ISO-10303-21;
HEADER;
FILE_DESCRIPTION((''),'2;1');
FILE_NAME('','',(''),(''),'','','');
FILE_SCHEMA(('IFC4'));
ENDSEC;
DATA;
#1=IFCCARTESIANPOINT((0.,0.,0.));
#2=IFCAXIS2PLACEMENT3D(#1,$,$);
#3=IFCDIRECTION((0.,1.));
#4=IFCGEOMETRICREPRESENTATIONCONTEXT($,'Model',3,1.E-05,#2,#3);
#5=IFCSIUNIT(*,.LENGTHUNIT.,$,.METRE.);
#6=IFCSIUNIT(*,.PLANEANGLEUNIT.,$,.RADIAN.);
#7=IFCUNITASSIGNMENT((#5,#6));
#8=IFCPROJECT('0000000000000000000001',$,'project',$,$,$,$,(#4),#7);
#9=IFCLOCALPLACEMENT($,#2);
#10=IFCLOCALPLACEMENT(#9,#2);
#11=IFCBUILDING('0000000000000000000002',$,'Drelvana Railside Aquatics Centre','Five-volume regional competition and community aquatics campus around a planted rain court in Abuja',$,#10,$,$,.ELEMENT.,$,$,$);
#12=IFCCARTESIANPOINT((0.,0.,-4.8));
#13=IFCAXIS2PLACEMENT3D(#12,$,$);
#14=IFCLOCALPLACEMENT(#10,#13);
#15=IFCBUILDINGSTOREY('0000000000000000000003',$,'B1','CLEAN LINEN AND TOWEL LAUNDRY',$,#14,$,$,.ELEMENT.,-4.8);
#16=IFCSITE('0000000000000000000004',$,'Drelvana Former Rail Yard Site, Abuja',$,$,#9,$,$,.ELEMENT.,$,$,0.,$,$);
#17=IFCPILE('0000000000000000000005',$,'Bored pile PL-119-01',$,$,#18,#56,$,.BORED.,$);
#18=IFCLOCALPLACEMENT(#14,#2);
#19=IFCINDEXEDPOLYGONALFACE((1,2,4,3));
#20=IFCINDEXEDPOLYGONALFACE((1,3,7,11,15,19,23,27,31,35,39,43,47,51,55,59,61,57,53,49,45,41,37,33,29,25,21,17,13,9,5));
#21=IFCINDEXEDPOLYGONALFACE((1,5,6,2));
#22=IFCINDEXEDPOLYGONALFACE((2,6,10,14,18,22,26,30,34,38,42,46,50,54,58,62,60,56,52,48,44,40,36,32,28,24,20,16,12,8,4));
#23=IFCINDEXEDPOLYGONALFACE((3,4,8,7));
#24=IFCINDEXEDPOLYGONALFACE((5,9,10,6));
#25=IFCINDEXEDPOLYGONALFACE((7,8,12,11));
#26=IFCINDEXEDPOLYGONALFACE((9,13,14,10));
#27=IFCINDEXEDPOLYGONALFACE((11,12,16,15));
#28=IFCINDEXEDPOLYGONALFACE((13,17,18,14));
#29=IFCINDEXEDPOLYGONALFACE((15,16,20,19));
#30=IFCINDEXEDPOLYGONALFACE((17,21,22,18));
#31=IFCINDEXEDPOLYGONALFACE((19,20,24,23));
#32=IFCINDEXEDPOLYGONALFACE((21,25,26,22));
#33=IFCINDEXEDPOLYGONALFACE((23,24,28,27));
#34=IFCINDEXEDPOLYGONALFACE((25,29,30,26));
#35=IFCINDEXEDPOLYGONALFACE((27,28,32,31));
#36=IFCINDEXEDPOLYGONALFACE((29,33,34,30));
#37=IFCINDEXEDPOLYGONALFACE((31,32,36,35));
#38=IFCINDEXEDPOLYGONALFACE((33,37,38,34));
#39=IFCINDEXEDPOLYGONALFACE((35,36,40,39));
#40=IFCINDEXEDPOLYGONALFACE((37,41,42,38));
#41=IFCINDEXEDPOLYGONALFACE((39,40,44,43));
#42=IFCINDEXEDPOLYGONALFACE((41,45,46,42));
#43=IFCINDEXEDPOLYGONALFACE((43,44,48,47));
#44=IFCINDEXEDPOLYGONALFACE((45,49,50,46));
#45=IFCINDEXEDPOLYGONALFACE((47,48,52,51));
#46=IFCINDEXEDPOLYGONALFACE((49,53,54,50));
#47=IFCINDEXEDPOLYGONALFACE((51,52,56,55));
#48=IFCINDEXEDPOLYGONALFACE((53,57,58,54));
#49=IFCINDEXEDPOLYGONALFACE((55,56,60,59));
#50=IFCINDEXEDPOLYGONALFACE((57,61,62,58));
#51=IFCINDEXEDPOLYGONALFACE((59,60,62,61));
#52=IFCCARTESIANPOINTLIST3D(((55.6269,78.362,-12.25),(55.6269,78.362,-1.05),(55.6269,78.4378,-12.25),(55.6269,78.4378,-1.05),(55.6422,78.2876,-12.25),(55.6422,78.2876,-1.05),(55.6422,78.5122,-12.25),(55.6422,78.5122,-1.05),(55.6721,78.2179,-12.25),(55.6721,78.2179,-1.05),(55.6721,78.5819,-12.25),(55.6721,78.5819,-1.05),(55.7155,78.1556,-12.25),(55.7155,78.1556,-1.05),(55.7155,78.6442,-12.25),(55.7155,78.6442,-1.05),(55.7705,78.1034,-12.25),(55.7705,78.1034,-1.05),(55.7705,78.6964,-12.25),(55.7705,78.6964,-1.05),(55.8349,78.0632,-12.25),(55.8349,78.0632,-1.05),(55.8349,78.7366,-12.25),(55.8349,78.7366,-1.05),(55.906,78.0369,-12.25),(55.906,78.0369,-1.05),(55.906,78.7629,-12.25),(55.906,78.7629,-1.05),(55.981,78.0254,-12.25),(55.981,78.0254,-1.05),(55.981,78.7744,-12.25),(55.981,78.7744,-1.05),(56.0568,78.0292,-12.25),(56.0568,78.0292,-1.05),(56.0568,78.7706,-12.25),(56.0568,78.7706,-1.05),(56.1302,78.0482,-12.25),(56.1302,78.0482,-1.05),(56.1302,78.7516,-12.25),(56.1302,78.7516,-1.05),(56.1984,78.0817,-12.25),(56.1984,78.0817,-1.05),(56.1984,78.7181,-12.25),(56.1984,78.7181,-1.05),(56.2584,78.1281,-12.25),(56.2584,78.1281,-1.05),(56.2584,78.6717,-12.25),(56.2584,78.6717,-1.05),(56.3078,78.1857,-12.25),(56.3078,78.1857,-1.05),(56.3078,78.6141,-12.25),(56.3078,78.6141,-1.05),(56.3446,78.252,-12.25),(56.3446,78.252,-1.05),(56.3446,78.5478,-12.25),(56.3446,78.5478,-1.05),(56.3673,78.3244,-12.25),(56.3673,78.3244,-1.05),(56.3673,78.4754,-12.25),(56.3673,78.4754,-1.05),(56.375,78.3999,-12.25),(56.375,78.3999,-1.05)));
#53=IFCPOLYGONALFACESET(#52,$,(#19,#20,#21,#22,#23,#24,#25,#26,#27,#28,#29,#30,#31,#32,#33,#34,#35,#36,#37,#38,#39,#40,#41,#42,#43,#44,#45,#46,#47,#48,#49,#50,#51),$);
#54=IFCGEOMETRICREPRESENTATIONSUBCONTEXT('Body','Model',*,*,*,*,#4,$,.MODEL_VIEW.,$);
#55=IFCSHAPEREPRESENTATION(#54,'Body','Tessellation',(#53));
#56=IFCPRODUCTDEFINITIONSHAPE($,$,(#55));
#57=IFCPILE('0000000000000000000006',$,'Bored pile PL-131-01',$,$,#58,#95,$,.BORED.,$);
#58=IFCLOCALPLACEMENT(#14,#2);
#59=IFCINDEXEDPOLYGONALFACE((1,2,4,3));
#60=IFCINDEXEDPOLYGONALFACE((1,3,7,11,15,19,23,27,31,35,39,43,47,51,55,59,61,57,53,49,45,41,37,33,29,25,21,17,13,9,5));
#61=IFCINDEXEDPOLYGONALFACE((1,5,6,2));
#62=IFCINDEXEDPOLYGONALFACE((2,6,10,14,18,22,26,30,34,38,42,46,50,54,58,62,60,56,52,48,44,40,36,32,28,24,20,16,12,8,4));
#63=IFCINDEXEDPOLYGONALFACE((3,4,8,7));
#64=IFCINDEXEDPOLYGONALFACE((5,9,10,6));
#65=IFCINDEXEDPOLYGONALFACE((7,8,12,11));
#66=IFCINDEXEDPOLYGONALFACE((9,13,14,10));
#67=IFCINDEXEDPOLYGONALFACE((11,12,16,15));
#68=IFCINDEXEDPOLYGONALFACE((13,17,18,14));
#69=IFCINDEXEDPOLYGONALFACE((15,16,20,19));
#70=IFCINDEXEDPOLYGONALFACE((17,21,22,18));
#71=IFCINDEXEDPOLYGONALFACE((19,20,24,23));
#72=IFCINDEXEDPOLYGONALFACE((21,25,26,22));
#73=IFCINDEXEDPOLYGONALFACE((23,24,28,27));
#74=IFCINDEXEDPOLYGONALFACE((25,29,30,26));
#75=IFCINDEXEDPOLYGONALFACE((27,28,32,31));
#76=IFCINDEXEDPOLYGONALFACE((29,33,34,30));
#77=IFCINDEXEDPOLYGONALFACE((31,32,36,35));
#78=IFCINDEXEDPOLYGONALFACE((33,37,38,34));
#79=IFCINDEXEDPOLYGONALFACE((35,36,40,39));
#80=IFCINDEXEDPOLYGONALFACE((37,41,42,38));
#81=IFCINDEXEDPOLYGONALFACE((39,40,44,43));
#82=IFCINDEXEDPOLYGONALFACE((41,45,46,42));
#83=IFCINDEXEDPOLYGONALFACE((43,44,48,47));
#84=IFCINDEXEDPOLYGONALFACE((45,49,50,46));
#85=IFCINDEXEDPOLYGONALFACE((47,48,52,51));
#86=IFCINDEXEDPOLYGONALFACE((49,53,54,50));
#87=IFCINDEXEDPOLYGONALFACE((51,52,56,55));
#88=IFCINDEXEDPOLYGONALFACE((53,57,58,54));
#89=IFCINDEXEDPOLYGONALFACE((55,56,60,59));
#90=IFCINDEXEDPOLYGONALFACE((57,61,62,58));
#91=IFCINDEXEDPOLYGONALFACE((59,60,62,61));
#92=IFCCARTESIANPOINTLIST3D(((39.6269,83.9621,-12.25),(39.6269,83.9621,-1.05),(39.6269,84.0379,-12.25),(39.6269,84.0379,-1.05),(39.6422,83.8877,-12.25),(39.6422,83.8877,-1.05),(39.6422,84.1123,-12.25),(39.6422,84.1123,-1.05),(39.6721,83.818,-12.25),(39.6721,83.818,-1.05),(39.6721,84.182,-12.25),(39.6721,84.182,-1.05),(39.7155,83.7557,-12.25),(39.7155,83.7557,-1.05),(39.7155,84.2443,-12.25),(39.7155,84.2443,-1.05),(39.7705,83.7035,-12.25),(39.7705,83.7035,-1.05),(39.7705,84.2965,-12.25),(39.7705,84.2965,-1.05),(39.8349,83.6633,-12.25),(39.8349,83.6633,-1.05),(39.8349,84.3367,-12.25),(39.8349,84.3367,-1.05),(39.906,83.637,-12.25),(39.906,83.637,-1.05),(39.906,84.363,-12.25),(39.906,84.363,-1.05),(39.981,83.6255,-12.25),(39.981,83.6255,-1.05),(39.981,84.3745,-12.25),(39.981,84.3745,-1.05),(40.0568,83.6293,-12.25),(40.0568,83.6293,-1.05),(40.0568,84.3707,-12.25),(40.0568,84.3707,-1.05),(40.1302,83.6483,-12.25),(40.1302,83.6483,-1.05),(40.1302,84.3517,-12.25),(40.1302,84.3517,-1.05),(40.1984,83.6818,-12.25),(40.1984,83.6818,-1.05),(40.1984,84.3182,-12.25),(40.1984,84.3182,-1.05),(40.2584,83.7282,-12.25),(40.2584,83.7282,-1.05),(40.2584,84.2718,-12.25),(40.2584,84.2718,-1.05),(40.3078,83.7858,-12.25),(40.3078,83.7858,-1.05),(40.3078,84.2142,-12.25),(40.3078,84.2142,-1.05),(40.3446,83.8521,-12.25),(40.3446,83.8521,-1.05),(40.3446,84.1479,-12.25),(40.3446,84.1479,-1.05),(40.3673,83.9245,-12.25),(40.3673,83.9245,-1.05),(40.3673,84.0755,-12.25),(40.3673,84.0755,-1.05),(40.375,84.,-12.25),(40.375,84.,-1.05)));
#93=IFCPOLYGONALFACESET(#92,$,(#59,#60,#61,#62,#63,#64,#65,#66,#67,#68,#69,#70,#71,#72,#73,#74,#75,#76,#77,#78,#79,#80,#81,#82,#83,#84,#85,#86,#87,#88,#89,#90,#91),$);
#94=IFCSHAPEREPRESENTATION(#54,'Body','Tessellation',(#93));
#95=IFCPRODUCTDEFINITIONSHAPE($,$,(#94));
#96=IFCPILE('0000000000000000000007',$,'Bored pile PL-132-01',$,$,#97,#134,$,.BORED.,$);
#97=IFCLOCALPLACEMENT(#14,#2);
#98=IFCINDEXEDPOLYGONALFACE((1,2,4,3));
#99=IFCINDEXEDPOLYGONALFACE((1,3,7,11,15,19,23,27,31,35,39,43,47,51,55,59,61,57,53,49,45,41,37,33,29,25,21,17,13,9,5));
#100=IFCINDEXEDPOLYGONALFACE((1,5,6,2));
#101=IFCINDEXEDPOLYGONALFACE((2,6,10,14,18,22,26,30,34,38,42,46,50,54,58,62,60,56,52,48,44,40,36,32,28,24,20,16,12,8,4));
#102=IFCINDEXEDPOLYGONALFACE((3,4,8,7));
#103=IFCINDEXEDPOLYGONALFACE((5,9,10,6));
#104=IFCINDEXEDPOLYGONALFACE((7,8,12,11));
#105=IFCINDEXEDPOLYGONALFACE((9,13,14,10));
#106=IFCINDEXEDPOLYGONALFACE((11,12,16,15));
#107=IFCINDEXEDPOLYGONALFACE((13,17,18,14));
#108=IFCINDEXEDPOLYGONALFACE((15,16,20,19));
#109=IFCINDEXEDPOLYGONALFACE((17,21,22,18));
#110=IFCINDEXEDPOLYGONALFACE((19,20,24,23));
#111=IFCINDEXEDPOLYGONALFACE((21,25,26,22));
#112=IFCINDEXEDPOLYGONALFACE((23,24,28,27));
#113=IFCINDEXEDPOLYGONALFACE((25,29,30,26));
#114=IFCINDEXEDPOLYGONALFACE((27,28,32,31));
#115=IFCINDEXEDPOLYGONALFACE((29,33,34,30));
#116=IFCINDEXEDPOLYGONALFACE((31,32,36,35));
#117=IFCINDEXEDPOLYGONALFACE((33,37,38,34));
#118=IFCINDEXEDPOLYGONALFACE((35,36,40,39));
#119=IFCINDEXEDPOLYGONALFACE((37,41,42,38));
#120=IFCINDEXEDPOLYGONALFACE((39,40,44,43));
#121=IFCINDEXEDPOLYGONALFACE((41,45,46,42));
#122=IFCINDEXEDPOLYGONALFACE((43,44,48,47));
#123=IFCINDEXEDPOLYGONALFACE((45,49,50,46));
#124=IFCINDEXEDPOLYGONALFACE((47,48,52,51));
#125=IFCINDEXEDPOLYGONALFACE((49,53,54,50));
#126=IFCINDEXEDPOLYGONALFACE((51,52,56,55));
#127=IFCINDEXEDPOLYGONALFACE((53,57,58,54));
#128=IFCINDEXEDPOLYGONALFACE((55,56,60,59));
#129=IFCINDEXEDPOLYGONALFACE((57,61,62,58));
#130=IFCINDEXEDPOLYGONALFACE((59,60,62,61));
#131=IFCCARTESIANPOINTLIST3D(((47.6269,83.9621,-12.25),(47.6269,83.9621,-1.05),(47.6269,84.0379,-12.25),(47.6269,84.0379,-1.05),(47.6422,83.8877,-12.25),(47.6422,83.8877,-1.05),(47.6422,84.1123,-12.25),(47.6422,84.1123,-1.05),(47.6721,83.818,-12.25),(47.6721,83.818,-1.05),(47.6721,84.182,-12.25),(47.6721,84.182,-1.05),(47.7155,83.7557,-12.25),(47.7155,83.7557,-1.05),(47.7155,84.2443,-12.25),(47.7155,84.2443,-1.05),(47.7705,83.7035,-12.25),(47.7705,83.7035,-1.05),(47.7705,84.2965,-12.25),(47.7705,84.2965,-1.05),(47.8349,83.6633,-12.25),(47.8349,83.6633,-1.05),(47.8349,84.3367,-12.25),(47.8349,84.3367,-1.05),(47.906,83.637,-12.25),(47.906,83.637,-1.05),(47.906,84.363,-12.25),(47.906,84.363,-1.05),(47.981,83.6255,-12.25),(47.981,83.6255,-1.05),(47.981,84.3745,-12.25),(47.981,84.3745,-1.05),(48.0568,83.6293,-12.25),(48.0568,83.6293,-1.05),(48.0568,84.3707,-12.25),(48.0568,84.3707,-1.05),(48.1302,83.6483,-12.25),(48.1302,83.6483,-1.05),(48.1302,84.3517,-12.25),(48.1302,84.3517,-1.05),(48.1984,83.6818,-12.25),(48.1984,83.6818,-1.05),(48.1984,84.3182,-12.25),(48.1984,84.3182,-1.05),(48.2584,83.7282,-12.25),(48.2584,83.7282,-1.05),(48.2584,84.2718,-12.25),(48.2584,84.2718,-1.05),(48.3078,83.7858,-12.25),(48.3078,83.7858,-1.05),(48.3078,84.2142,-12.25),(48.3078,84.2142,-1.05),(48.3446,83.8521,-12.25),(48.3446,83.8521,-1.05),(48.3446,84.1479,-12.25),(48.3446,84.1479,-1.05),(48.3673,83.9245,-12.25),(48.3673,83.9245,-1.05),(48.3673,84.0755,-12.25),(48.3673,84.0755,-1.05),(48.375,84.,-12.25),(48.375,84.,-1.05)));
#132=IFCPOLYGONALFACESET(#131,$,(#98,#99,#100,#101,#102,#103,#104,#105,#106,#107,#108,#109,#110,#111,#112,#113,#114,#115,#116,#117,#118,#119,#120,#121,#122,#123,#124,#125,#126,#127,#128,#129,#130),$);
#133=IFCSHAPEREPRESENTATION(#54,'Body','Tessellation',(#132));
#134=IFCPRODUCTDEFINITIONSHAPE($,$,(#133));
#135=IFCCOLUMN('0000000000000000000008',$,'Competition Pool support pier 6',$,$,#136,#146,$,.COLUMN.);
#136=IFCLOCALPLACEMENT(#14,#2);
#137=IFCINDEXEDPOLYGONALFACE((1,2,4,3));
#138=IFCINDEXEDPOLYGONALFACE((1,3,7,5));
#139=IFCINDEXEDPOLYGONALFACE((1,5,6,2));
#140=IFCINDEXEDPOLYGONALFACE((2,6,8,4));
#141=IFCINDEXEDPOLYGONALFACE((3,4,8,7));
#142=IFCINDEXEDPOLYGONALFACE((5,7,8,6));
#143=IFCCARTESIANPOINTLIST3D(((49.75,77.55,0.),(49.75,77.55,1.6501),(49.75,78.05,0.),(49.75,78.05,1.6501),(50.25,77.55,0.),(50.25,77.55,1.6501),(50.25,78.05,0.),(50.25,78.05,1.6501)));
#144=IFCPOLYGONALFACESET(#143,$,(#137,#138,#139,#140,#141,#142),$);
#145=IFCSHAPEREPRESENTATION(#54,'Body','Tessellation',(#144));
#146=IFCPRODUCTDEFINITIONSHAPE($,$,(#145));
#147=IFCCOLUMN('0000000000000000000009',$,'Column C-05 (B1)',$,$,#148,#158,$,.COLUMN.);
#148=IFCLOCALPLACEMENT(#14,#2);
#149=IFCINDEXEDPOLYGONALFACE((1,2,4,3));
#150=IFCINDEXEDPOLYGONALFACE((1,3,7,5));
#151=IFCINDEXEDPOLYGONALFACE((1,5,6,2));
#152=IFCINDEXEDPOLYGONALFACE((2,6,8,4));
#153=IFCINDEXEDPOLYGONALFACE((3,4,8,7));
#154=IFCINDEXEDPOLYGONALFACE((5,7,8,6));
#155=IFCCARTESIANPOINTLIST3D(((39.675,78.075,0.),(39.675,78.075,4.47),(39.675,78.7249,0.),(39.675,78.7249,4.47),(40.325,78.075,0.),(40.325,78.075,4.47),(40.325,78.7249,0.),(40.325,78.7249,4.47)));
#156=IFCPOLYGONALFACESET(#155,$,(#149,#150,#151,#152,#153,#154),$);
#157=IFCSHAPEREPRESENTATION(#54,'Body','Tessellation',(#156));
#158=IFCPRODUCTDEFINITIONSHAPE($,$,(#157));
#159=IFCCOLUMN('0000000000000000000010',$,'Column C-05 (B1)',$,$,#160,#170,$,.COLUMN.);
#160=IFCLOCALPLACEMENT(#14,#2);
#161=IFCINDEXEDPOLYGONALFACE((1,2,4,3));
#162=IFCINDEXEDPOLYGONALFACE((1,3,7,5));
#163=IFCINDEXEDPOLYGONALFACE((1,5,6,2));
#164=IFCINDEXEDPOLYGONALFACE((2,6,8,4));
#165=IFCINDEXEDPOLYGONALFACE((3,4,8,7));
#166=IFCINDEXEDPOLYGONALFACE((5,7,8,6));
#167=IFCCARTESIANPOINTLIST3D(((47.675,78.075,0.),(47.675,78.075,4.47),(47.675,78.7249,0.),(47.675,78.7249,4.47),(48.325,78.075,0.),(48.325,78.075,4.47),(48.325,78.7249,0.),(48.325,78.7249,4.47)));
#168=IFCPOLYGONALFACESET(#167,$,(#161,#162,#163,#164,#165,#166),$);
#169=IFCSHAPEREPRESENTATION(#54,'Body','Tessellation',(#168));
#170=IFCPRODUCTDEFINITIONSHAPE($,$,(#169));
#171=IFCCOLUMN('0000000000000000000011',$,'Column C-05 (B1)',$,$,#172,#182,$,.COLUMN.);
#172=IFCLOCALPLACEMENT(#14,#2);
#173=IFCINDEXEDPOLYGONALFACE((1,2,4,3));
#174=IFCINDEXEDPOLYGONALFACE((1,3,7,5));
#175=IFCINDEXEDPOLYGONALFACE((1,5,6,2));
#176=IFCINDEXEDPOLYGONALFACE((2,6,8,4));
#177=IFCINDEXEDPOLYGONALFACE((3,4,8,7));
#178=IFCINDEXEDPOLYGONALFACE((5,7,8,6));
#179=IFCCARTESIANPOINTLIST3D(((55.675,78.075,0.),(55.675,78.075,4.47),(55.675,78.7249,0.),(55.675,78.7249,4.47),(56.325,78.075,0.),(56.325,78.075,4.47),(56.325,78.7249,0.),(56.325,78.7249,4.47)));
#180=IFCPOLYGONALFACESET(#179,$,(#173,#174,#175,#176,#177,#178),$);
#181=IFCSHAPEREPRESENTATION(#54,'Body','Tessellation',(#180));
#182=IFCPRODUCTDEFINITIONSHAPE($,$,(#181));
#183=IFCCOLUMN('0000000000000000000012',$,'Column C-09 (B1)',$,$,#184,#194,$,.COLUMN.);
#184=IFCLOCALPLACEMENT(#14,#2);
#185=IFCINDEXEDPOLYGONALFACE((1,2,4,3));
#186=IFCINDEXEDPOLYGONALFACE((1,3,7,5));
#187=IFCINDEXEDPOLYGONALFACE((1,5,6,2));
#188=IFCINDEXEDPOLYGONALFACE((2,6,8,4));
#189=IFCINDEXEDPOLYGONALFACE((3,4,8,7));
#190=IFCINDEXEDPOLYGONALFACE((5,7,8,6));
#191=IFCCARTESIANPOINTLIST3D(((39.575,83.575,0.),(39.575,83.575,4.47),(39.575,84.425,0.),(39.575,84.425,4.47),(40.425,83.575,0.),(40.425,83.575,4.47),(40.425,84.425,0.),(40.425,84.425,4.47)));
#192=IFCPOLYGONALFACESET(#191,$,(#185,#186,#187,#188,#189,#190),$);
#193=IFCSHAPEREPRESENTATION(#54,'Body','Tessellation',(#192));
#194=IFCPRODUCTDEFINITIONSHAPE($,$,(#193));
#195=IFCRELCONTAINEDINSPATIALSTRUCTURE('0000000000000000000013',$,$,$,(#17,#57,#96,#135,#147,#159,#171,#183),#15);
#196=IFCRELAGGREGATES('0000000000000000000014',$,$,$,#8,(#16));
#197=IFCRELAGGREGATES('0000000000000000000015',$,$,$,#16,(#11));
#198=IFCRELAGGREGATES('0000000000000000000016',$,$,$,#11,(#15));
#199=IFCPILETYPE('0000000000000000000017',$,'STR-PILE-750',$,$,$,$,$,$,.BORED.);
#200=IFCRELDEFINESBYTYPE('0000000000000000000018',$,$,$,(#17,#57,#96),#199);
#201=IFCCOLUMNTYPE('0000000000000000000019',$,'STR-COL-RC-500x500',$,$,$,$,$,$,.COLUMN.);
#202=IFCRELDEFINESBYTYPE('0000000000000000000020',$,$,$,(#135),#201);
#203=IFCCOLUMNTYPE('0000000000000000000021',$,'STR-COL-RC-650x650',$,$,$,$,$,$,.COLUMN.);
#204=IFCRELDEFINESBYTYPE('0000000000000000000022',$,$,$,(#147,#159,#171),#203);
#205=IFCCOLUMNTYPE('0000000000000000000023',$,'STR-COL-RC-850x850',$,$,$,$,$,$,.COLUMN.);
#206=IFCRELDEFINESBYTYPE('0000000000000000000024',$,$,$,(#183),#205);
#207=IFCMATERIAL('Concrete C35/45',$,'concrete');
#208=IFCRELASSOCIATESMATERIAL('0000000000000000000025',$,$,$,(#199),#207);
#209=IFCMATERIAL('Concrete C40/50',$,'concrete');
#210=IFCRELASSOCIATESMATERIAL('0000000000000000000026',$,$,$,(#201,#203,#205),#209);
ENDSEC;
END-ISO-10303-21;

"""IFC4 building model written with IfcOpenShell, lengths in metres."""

from ifc_helpers import new_model, si_unit, direction, frame, origin, origin_2d, place, context, subcontext, project, spatial, rectangle, circle, extrude, material, material_profile, profile_set, type_object, element, save


model = new_model("IFC4")

# Units and contexts
model_context = context("Model", 3, precision=1e-05, world=origin(), true_north=direction((0.0, 1.0)))
body_context = subcontext(model_context, "Body", "Model", "MODEL_VIEW")
ifc_project = project(units=[si_unit("LENGTHUNIT", "METRE"), si_unit("PLANEANGLEUNIT", "RADIAN")], contexts=[model_context])

# Site, building, storey
site_placement = place(None, origin())
site = spatial("IfcSite", under=ifc_project, at=site_placement, Name="Drelvana Former Rail Yard Site, Abuja", CompositionType="ELEMENT", RefElevation=0.0)
building_placement = place(site_placement, origin())
building = spatial("IfcBuilding", under=site, at=building_placement, Name="Drelvana Railside Aquatics Centre", Description="Five-volume regional competition and community aquatics campus around a planted rain court in Abuja", CompositionType="ELEMENT")
storey_placement = place(building_placement, frame((0.0, 0.0, -4.8)))
storey = spatial("IfcBuildingStorey", under=building, at=storey_placement, Name="B1", Description="CLEAN LINEN AND TOWEL LAUNDRY", CompositionType="ELEMENT", Elevation=-4.8)

# Shared definitions
ifc_material_1 = material(Name="Concrete C35/45", Category="concrete")

# Piles
ifc_material_profile_1 = material_profile(ifc_material_1, circle(Radius=0.375, at=origin_2d()), Name="PILE D750")
ifc_profile_set_1 = profile_set([ifc_material_profile_1], Name="Concrete C35/45")
pile_type = type_object("IfcPileType", Name="STR-PILE-750", PredefinedType="BORED", material=ifc_profile_set_1)
for number, where, z_axis, x_axis, name in (
    (1, (56.0, 78.3999, -1.05), (0.0, 0.0, -1.0), (1.0, 0.0, 0.0), "Bored pile PL-119-01"),
    (2, (40.0, 84.0, -1.05), (0.0, 0.0, -1.0), (1.0, 0.0, 0.0), "Bored pile PL-131-01"),
    (3, (48.0, 84.0, -1.05), (0.0, 0.0, -1.0), (1.0, 0.0, 0.0), "Bored pile PL-132-01"),
):
    element("IfcPile", number, at=place(storey_placement, frame(where, z_axis=z_axis, x_axis=x_axis)), inside=storey, type_object=pile_type, Name=name, PredefinedType="BORED", context=body_context, shape_type="SweptSolid", body=[
        extrude(circle(Radius=0.375, at=origin_2d()), origin(), (0.0, 0.0, 1.0), 11.2),
    ])

# Columns
ifc_material_2 = material(Name="Concrete C40/50", Category="concrete")
ifc_material_profile_2 = material_profile(ifc_material_2, rectangle(XDim=0.5, YDim=0.5, at=origin_2d()), Name="RC 500x500")
ifc_profile_set_2 = profile_set([ifc_material_profile_2], Name="Concrete C40/50")
column_type_1 = type_object("IfcColumnType", Name="STR-COL-RC-500x500", PredefinedType="COLUMN", material=ifc_profile_set_2)
column_1_placement = place(storey_placement, frame((50.0, 77.8, 0.0), z_axis=(0.0, 0.0, 1.0), x_axis=(1.0, 0.0, 0.0)))
element("IfcColumn", 4, at=column_1_placement, inside=storey, type_object=column_type_1, Name="Competition Pool support pier 6", PredefinedType="COLUMN", context=body_context, shape_type="SweptSolid", body=[
    extrude(rectangle(XDim=0.5, YDim=0.5, at=origin_2d()), origin(), (0.0, 0.0, 1.0), 1.6501),
])
ifc_material_profile_3 = material_profile(ifc_material_2, rectangle(XDim=0.6499, YDim=0.6499, at=origin_2d()), Name="RC 650x650")
ifc_profile_set_3 = profile_set([ifc_material_profile_3], Name="Concrete C40/50")
column_type_2 = type_object("IfcColumnType", Name="STR-COL-RC-650x650", PredefinedType="COLUMN", material=ifc_profile_set_3)
for number, where, z_axis, x_axis, name in (
    (5, (40.0, 78.3999, 0.0), (0.0, 0.0, 1.0), (1.0, 0.0, 0.0), "Column C-05 (B1)"),
    (6, (48.0, 78.3999, 0.0), (0.0, 0.0, 1.0), (1.0, 0.0, 0.0), "Column C-05 (B1)"),
    (7, (56.0, 78.3999, 0.0), (0.0, 0.0, 1.0), (1.0, 0.0, 0.0), "Column C-05 (B1)"),
):
    element("IfcColumn", number, at=place(storey_placement, frame(where, z_axis=z_axis, x_axis=x_axis)), inside=storey, type_object=column_type_2, Name=name, PredefinedType="COLUMN", context=body_context, shape_type="SweptSolid", body=[
        extrude(rectangle(XDim=0.6499, YDim=0.6499, at=origin_2d()), origin(), (0.0, 0.0, 1.0), 4.47),
    ])
ifc_material_profile_4 = material_profile(ifc_material_2, rectangle(XDim=0.8501, YDim=0.8501, at=origin_2d()), Name="RC 850x850")
ifc_profile_set_4 = profile_set([ifc_material_profile_4], Name="Concrete C40/50")
column_type_3 = type_object("IfcColumnType", Name="STR-COL-RC-850x850", PredefinedType="COLUMN", material=ifc_profile_set_4)
column_2_placement = place(storey_placement, frame((40.0, 84.0, 0.0), z_axis=(0.0, 0.0, 1.0), x_axis=(1.0, 0.0, 0.0)))
element("IfcColumn", 8, at=column_2_placement, inside=storey, type_object=column_type_3, Name="Column C-09 (B1)", PredefinedType="COLUMN", context=body_context, shape_type="SweptSolid", body=[
    extrude(rectangle(XDim=0.8501, YDim=0.8501, at=origin_2d()), origin(), (0.0, 0.0, 1.0), 4.47),
])

save(model, "model.ifc")
